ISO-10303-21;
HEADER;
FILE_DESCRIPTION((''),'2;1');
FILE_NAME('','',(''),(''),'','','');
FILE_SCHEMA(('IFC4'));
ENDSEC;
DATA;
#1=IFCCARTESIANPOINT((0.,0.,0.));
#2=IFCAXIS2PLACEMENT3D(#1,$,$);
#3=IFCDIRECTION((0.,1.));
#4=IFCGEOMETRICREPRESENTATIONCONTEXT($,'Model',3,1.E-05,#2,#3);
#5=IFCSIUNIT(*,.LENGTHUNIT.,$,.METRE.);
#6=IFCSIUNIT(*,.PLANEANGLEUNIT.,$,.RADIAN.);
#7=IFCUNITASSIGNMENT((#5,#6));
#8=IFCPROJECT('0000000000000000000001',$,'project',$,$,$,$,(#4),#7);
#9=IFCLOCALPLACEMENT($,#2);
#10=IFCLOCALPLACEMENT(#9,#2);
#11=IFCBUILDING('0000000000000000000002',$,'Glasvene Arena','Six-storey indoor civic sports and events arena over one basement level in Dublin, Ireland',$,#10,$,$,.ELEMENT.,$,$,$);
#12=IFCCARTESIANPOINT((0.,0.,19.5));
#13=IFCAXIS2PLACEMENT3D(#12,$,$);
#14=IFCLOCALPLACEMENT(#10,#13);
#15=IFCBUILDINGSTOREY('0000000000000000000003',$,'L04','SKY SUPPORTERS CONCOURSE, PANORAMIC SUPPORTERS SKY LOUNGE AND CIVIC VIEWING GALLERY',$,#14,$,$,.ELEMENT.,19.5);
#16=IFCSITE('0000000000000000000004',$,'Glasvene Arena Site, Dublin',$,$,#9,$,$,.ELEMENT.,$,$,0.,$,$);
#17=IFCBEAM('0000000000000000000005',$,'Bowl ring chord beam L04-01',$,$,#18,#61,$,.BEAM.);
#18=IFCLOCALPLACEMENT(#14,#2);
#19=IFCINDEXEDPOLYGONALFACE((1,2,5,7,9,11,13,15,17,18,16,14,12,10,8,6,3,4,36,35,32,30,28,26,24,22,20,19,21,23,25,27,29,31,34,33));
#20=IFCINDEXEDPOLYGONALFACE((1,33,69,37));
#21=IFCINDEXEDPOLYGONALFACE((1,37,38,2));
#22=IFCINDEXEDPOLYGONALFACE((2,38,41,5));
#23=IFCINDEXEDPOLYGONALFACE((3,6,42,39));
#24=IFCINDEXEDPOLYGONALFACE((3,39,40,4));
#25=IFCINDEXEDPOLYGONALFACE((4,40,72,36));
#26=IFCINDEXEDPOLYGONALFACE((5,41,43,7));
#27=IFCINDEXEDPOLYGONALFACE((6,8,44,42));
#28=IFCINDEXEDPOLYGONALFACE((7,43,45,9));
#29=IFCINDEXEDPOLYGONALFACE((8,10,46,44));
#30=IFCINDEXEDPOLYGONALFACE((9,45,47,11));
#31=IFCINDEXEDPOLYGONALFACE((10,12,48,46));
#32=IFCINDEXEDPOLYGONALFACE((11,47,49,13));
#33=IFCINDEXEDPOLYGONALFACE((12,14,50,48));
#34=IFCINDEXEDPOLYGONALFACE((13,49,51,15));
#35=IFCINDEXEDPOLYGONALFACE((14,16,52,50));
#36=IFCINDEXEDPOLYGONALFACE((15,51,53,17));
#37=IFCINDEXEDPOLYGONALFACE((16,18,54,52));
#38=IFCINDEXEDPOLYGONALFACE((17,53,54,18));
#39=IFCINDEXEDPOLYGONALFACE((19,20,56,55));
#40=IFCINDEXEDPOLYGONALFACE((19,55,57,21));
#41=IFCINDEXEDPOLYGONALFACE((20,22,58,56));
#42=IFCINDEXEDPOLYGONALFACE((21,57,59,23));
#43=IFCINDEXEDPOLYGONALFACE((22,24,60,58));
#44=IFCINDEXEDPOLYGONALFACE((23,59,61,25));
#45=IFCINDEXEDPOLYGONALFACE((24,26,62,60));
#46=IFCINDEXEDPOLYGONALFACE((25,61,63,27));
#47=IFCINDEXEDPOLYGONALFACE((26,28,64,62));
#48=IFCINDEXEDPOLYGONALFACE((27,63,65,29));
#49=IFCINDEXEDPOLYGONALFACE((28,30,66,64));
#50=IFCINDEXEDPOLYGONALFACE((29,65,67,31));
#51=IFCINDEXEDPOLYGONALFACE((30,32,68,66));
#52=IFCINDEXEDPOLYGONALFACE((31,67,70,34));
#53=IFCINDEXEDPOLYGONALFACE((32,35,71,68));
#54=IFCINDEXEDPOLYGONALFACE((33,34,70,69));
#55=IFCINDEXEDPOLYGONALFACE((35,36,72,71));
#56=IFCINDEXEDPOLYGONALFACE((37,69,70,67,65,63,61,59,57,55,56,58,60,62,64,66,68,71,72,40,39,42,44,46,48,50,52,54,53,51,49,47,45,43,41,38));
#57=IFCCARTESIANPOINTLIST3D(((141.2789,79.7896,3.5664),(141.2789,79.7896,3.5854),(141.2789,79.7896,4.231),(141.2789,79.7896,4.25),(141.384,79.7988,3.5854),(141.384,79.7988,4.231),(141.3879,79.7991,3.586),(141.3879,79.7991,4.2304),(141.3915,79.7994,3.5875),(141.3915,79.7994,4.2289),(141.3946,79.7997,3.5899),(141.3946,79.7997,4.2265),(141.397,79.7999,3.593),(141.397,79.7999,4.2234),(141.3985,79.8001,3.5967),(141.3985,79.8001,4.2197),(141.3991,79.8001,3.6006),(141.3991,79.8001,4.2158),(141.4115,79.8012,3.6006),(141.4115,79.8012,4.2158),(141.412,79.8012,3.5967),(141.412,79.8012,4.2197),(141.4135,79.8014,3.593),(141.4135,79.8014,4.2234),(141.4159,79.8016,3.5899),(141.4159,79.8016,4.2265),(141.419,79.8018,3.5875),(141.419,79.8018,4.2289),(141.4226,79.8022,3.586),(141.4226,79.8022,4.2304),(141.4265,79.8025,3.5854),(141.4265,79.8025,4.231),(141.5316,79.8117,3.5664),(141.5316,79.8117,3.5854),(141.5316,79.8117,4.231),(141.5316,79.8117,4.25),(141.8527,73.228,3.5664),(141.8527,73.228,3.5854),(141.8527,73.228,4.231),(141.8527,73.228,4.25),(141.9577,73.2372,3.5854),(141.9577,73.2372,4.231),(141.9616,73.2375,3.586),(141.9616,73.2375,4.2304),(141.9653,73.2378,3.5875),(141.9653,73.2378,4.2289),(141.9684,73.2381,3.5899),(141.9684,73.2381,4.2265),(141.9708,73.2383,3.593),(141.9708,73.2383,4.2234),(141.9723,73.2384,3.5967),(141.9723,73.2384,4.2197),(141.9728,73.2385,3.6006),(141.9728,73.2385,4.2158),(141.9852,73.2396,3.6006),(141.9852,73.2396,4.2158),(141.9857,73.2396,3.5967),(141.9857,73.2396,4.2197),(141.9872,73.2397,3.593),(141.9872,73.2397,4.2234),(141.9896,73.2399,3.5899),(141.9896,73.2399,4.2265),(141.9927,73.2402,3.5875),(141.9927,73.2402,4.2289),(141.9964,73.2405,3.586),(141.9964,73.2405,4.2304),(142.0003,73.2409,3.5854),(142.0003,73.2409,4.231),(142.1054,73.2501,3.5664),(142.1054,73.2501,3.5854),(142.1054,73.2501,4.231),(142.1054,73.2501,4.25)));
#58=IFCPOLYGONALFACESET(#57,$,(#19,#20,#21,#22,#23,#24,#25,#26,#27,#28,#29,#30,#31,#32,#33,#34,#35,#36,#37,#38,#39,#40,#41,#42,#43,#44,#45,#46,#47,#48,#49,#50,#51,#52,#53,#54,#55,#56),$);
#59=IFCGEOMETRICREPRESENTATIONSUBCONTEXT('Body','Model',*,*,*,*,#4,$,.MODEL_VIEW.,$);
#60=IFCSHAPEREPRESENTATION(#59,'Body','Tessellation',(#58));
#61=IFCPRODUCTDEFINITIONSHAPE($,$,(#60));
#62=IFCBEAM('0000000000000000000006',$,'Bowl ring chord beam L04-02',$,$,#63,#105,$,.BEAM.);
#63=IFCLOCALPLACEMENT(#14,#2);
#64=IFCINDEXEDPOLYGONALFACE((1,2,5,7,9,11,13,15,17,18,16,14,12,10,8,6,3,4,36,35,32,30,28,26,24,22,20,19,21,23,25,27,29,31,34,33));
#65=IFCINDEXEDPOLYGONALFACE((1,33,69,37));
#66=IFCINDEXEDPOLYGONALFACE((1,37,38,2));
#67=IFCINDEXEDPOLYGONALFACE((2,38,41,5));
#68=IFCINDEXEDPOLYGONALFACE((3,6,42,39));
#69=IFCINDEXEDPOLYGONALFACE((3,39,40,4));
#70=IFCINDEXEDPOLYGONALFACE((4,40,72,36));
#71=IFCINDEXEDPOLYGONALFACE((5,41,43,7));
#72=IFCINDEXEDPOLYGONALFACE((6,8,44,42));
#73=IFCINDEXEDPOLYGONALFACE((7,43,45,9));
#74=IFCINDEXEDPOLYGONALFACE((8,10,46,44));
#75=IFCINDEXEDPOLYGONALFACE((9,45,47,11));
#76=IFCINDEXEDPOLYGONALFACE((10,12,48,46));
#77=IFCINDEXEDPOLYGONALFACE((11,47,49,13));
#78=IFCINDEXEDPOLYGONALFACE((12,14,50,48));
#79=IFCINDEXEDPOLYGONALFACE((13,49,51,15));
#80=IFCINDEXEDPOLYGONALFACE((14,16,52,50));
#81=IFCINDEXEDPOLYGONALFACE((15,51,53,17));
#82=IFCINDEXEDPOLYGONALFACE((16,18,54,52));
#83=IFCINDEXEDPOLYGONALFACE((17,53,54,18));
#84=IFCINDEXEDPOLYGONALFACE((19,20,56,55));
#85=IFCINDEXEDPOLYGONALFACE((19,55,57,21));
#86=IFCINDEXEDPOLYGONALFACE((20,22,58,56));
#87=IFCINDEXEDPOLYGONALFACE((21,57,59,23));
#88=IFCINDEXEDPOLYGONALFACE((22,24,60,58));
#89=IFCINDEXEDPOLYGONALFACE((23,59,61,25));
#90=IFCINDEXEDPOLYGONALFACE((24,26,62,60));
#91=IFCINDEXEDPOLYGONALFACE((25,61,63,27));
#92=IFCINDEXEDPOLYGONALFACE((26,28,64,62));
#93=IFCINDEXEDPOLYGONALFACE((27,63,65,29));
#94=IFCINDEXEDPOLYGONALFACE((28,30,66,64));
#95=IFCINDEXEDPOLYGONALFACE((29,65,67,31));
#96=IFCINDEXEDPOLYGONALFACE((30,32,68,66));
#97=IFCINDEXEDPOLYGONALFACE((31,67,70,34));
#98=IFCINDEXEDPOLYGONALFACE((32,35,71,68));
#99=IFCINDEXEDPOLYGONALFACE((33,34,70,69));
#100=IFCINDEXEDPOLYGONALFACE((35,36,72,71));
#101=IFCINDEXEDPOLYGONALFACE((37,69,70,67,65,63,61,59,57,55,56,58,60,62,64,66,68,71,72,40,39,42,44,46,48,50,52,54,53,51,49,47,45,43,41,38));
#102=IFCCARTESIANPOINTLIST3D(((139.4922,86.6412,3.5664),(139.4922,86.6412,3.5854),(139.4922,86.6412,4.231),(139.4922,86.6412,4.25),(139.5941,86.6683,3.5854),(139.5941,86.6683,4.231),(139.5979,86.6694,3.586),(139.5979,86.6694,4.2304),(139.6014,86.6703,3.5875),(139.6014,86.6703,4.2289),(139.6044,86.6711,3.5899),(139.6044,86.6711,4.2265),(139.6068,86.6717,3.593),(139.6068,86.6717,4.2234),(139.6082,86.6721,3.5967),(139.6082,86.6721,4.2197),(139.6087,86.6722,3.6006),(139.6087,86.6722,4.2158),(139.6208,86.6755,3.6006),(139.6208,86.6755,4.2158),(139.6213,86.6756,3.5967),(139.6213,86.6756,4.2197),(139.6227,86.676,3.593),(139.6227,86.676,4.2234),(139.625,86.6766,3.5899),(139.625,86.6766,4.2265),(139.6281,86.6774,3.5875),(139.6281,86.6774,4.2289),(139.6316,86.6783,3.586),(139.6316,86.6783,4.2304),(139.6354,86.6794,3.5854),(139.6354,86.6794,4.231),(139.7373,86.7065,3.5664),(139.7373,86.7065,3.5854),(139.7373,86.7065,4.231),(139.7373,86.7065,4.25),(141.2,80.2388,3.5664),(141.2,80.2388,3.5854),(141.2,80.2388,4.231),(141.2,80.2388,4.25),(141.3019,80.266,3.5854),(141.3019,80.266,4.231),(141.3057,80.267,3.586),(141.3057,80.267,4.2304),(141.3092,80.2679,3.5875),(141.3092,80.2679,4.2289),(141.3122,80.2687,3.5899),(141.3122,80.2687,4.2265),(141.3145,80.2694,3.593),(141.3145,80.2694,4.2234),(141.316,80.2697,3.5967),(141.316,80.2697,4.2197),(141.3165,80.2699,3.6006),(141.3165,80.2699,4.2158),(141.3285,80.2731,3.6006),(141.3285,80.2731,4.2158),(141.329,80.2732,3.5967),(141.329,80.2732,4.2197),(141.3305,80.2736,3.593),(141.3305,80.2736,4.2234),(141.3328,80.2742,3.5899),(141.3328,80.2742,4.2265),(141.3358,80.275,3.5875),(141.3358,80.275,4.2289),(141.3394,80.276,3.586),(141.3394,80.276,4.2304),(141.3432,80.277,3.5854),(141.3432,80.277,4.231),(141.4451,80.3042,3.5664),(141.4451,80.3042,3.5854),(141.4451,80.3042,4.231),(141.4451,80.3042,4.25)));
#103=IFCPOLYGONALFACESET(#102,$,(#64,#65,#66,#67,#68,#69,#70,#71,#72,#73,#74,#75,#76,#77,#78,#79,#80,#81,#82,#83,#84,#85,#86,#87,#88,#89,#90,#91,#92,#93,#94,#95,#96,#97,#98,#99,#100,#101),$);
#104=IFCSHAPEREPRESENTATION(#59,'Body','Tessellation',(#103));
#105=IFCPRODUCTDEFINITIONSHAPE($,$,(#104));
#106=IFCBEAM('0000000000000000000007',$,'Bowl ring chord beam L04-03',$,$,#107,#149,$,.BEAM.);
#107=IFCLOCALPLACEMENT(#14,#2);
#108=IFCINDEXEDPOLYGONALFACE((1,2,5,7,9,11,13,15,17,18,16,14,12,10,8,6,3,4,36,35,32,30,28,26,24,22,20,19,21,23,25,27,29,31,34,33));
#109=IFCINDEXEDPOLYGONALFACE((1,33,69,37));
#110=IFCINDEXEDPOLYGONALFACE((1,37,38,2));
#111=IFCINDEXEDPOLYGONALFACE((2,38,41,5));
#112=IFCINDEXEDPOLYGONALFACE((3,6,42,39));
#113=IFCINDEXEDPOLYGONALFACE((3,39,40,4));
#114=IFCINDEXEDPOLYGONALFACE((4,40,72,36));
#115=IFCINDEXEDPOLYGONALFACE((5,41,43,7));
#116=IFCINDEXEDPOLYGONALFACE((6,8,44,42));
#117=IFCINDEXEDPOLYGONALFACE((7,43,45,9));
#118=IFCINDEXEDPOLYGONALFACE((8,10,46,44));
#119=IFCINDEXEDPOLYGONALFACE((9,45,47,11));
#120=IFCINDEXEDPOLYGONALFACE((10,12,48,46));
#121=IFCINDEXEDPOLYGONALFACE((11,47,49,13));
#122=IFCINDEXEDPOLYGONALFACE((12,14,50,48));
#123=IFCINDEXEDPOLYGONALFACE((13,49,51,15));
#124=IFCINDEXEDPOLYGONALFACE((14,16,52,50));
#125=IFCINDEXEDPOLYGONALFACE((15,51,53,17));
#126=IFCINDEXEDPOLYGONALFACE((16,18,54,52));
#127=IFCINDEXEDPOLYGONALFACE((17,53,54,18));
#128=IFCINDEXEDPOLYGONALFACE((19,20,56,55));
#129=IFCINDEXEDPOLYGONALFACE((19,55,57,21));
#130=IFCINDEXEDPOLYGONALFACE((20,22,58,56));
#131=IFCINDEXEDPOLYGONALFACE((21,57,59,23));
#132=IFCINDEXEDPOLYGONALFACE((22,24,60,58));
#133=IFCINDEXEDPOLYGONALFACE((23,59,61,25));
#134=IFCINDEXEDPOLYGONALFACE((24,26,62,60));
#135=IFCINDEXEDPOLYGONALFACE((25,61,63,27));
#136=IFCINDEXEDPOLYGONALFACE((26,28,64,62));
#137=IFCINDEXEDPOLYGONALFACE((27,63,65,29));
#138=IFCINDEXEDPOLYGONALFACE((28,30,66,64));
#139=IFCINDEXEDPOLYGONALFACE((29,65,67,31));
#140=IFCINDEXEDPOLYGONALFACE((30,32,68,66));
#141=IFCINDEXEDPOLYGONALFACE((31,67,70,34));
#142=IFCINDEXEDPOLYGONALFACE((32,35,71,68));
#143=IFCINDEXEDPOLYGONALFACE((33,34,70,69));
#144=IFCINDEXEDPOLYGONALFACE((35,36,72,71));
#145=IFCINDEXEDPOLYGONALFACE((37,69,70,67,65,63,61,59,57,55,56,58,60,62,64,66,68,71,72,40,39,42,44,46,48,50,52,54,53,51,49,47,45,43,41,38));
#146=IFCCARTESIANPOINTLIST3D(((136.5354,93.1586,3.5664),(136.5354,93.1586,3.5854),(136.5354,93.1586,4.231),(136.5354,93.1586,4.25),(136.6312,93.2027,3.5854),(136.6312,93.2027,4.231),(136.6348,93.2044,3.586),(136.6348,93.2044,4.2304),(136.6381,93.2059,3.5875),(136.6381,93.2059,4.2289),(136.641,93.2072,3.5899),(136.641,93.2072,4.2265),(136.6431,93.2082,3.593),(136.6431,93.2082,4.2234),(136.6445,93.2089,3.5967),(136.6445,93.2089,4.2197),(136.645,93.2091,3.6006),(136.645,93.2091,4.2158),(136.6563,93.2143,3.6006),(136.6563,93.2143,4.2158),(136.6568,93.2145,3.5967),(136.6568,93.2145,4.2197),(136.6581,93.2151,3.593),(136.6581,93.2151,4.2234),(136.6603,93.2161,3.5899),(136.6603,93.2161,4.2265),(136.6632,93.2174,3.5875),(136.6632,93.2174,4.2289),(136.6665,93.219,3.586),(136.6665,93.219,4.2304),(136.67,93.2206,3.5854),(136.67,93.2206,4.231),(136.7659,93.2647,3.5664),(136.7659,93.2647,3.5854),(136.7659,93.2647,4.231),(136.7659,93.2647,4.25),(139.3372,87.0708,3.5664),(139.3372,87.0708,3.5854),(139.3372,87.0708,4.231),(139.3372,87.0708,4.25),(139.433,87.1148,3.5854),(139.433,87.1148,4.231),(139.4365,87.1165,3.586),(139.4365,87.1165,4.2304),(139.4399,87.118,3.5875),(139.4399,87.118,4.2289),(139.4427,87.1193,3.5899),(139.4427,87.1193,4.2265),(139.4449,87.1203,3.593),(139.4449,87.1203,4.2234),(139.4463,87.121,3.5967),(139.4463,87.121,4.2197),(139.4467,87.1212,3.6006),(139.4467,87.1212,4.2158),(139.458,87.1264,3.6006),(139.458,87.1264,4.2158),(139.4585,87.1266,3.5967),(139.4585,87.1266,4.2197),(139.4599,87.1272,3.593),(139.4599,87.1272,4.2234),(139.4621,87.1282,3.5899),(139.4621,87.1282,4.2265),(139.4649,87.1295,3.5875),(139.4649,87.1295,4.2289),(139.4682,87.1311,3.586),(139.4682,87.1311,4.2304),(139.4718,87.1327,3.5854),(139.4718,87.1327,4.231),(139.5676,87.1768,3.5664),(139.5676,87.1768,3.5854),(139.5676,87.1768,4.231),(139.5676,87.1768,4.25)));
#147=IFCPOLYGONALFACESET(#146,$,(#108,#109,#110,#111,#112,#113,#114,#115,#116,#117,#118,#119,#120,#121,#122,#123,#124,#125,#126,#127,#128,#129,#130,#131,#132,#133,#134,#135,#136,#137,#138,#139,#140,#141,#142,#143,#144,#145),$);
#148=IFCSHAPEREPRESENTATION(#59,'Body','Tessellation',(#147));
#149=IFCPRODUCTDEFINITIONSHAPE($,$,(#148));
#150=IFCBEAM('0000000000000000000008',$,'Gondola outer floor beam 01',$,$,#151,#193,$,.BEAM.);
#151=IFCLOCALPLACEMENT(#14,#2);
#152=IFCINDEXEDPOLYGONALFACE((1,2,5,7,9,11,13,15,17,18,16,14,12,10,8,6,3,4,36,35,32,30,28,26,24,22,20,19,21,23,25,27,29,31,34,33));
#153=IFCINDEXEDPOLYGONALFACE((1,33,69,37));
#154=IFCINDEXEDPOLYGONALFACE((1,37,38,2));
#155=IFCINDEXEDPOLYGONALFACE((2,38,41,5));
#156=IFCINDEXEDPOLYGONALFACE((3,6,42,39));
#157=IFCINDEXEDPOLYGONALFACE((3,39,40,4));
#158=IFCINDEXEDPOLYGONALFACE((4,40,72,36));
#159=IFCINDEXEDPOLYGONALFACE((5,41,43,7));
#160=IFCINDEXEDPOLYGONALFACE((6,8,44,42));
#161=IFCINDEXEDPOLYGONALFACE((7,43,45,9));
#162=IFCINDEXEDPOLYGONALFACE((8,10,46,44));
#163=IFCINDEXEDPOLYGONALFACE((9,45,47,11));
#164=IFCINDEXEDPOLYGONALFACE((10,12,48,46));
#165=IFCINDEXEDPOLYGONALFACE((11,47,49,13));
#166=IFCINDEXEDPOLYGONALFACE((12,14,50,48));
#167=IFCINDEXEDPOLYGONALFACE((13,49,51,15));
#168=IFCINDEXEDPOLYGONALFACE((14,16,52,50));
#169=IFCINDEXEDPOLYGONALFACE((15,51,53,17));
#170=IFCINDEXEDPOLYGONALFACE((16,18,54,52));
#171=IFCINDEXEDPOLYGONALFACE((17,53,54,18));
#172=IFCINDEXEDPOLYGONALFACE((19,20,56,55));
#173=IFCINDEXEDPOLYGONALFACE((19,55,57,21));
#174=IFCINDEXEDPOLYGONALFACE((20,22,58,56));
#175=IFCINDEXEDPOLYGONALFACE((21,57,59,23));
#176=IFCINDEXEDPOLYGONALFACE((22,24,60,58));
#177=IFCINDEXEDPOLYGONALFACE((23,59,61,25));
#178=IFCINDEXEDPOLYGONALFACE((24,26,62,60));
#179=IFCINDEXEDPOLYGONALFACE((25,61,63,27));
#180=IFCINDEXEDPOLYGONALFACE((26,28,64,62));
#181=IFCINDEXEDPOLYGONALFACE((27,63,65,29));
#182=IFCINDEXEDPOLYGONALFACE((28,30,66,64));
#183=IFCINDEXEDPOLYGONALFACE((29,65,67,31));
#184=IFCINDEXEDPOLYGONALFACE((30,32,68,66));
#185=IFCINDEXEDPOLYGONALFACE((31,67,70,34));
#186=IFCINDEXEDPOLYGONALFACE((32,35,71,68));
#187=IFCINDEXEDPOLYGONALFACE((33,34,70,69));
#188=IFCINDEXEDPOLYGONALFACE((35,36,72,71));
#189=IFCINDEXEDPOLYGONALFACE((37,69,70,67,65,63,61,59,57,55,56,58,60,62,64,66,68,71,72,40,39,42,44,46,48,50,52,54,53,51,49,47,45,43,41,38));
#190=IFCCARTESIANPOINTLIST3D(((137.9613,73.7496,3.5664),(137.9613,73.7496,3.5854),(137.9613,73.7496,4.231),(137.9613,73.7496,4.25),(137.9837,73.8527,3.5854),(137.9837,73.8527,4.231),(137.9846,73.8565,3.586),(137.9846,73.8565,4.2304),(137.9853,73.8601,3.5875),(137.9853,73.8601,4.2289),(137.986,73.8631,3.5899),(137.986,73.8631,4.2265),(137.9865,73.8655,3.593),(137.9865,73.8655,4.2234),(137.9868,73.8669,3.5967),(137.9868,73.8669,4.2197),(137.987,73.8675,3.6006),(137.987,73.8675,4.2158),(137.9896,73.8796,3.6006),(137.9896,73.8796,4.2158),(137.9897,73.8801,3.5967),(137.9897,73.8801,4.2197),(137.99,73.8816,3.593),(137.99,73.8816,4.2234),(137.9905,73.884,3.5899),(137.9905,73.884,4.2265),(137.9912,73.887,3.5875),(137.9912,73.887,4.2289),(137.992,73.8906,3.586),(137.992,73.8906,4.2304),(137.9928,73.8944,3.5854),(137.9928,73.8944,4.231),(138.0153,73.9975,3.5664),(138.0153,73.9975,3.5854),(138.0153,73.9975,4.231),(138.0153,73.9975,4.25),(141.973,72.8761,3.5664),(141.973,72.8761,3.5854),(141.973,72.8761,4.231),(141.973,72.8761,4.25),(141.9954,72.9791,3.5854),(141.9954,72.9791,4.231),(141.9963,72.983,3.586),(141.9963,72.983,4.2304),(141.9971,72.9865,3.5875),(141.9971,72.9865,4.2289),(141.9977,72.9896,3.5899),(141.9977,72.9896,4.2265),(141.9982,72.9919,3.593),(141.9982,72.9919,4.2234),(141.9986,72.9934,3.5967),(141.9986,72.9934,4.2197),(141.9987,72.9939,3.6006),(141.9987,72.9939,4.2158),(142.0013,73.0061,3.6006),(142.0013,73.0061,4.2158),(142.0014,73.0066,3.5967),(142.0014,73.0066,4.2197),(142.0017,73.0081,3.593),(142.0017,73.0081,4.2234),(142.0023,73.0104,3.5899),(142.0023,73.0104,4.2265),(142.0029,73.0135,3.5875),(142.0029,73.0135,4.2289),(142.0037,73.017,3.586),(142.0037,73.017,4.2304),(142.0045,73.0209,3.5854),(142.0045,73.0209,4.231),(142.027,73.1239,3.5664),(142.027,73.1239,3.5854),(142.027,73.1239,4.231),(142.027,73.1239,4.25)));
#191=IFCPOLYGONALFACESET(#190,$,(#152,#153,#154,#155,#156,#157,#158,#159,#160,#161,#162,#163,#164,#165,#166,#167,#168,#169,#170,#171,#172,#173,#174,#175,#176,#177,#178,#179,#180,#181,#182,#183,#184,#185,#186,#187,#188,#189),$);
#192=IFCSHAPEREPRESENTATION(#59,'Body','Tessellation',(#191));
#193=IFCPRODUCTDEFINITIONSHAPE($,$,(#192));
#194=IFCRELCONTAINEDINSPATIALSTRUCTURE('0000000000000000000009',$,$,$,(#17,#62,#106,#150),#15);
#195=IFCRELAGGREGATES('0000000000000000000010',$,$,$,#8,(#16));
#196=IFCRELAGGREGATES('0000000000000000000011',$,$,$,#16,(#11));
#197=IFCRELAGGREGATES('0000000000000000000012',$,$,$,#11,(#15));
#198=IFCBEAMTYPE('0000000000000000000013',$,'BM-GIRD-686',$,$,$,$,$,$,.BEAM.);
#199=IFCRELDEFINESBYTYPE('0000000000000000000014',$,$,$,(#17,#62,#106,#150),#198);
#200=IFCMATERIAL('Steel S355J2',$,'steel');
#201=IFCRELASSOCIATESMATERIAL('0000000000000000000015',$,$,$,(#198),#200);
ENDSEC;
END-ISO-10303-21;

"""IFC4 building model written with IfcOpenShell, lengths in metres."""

from ifc_helpers import new_model, si_unit, direction, frame, origin, origin_2d, place, context, subcontext, project, spatial, i_section, extrude, material, material_profile, profile_set, type_object, element, save


model = new_model("IFC4")

# Units and contexts
model_context = context("Model", 3, precision=1e-05, world=origin(), true_north=direction((0.0, 1.0)))
body_context = subcontext(model_context, "Body", "Model", "MODEL_VIEW")
ifc_project = project(units=[si_unit("LENGTHUNIT", "METRE"), si_unit("PLANEANGLEUNIT", "RADIAN")], contexts=[model_context])

# Site, building, storey
site_placement = place(None, origin())
site = spatial("IfcSite", under=ifc_project, at=site_placement, Name="Glasvene Arena Site, Dublin", CompositionType="ELEMENT", RefElevation=0.0)
building_placement = place(site_placement, origin())
building = spatial("IfcBuilding", under=site, at=building_placement, Name="Glasvene Arena", Description="Six-storey indoor civic sports and events arena over one basement level in Dublin, Ireland", CompositionType="ELEMENT")
storey_placement = place(building_placement, frame((0.0, 0.0, 19.5)))
storey = spatial("IfcBuildingStorey", under=building, at=storey_placement, Name="L04", Description="SKY SUPPORTERS CONCOURSE, PANORAMIC SUPPORTERS SKY LOUNGE AND CIVIC VIEWING GALLERY", CompositionType="ELEMENT", Elevation=19.5)

# Shared definitions
ifc_material_1 = material(Name="Steel S355J2", Category="steel")

# Beams
ifc_material_profile_1 = material_profile(ifc_material_1, i_section(OverallWidth=0.2537, OverallDepth=0.6836, WebThickness=0.0125, FlangeThickness=0.019, FilletRadius=0.0151, at=origin_2d()), Name="UKB 686x254x140")
ifc_profile_set_1 = profile_set([ifc_material_profile_1], Name="Steel S355J2")
beam_type = type_object("IfcBeamType", Name="BM-GIRD-686", PredefinedType="BEAM", material=ifc_profile_set_1)
beam_1_placement = place(storey_placement, frame((141.979, 73.239, 3.9082), z_axis=(-0.087106, 0.996199, 0.0), x_axis=(-0.996199, -0.087106, 0.0)))
element("IfcBeam", 1, at=beam_1_placement, inside=storey, type_object=beam_type, Name="Bowl ring chord beam L04-01", PredefinedType="BEAM", context=body_context, shape_type="SweptSolid", body=[
    extrude(i_section(OverallWidth=0.2537, OverallDepth=0.6836, WebThickness=0.0125, FlangeThickness=0.019, FilletRadius=0.0151, at=origin_2d()), origin(), (0.0, 0.0, 1.0), 6.5867),
])
beam_2_placement = place(storey_placement, frame((141.3225, 80.2715, 3.9082), z_axis=(-0.257729, 0.966217, 0.0), x_axis=(-0.966217, -0.257729, 0.0)))
element("IfcBeam", 2, at=beam_2_placement, inside=storey, type_object=beam_type, Name="Bowl ring chord beam L04-02", PredefinedType="BEAM", context=body_context, shape_type="SweptSolid", body=[
    extrude(i_section(OverallWidth=0.2537, OverallDepth=0.6836, WebThickness=0.0125, FlangeThickness=0.019, FilletRadius=0.0151, at=origin_2d()), origin(), (0.0, 0.0, 1.0), 6.6262),
])
beam_3_placement = place(storey_placement, frame((139.4524, 87.1238, 3.9082), z_axis=(-0.418069, 0.908415, 0.0), x_axis=(-0.908415, -0.418069, 0.0)))
element("IfcBeam", 3, at=beam_3_placement, inside=storey, type_object=beam_type, Name="Bowl ring chord beam L04-03", PredefinedType="BEAM", context=body_context, shape_type="SweptSolid", body=[
    extrude(i_section(OverallWidth=0.2537, OverallDepth=0.6836, WebThickness=0.0125, FlangeThickness=0.019, FilletRadius=0.0151, at=origin_2d()), origin(), (0.0, 0.0, 1.0), 6.7017),
])
beam_4_placement = place(storey_placement, frame((137.9883, 73.8735, 3.9082), z_axis=(0.977104, -0.21276, 0.0), x_axis=(0.21276, 0.977104, 0.0)))
element("IfcBeam", 4, at=beam_4_placement, inside=storey, type_object=beam_type, Name="Gondola outer floor beam 01", PredefinedType="BEAM", context=body_context, shape_type="SweptSolid", body=[
    extrude(i_section(OverallWidth=0.2537, OverallDepth=0.6836, WebThickness=0.0125, FlangeThickness=0.019, FilletRadius=0.0151, at=origin_2d()), origin(), (0.0, 0.0, 1.0), 4.1057),
])

save(model, "model.ifc")
